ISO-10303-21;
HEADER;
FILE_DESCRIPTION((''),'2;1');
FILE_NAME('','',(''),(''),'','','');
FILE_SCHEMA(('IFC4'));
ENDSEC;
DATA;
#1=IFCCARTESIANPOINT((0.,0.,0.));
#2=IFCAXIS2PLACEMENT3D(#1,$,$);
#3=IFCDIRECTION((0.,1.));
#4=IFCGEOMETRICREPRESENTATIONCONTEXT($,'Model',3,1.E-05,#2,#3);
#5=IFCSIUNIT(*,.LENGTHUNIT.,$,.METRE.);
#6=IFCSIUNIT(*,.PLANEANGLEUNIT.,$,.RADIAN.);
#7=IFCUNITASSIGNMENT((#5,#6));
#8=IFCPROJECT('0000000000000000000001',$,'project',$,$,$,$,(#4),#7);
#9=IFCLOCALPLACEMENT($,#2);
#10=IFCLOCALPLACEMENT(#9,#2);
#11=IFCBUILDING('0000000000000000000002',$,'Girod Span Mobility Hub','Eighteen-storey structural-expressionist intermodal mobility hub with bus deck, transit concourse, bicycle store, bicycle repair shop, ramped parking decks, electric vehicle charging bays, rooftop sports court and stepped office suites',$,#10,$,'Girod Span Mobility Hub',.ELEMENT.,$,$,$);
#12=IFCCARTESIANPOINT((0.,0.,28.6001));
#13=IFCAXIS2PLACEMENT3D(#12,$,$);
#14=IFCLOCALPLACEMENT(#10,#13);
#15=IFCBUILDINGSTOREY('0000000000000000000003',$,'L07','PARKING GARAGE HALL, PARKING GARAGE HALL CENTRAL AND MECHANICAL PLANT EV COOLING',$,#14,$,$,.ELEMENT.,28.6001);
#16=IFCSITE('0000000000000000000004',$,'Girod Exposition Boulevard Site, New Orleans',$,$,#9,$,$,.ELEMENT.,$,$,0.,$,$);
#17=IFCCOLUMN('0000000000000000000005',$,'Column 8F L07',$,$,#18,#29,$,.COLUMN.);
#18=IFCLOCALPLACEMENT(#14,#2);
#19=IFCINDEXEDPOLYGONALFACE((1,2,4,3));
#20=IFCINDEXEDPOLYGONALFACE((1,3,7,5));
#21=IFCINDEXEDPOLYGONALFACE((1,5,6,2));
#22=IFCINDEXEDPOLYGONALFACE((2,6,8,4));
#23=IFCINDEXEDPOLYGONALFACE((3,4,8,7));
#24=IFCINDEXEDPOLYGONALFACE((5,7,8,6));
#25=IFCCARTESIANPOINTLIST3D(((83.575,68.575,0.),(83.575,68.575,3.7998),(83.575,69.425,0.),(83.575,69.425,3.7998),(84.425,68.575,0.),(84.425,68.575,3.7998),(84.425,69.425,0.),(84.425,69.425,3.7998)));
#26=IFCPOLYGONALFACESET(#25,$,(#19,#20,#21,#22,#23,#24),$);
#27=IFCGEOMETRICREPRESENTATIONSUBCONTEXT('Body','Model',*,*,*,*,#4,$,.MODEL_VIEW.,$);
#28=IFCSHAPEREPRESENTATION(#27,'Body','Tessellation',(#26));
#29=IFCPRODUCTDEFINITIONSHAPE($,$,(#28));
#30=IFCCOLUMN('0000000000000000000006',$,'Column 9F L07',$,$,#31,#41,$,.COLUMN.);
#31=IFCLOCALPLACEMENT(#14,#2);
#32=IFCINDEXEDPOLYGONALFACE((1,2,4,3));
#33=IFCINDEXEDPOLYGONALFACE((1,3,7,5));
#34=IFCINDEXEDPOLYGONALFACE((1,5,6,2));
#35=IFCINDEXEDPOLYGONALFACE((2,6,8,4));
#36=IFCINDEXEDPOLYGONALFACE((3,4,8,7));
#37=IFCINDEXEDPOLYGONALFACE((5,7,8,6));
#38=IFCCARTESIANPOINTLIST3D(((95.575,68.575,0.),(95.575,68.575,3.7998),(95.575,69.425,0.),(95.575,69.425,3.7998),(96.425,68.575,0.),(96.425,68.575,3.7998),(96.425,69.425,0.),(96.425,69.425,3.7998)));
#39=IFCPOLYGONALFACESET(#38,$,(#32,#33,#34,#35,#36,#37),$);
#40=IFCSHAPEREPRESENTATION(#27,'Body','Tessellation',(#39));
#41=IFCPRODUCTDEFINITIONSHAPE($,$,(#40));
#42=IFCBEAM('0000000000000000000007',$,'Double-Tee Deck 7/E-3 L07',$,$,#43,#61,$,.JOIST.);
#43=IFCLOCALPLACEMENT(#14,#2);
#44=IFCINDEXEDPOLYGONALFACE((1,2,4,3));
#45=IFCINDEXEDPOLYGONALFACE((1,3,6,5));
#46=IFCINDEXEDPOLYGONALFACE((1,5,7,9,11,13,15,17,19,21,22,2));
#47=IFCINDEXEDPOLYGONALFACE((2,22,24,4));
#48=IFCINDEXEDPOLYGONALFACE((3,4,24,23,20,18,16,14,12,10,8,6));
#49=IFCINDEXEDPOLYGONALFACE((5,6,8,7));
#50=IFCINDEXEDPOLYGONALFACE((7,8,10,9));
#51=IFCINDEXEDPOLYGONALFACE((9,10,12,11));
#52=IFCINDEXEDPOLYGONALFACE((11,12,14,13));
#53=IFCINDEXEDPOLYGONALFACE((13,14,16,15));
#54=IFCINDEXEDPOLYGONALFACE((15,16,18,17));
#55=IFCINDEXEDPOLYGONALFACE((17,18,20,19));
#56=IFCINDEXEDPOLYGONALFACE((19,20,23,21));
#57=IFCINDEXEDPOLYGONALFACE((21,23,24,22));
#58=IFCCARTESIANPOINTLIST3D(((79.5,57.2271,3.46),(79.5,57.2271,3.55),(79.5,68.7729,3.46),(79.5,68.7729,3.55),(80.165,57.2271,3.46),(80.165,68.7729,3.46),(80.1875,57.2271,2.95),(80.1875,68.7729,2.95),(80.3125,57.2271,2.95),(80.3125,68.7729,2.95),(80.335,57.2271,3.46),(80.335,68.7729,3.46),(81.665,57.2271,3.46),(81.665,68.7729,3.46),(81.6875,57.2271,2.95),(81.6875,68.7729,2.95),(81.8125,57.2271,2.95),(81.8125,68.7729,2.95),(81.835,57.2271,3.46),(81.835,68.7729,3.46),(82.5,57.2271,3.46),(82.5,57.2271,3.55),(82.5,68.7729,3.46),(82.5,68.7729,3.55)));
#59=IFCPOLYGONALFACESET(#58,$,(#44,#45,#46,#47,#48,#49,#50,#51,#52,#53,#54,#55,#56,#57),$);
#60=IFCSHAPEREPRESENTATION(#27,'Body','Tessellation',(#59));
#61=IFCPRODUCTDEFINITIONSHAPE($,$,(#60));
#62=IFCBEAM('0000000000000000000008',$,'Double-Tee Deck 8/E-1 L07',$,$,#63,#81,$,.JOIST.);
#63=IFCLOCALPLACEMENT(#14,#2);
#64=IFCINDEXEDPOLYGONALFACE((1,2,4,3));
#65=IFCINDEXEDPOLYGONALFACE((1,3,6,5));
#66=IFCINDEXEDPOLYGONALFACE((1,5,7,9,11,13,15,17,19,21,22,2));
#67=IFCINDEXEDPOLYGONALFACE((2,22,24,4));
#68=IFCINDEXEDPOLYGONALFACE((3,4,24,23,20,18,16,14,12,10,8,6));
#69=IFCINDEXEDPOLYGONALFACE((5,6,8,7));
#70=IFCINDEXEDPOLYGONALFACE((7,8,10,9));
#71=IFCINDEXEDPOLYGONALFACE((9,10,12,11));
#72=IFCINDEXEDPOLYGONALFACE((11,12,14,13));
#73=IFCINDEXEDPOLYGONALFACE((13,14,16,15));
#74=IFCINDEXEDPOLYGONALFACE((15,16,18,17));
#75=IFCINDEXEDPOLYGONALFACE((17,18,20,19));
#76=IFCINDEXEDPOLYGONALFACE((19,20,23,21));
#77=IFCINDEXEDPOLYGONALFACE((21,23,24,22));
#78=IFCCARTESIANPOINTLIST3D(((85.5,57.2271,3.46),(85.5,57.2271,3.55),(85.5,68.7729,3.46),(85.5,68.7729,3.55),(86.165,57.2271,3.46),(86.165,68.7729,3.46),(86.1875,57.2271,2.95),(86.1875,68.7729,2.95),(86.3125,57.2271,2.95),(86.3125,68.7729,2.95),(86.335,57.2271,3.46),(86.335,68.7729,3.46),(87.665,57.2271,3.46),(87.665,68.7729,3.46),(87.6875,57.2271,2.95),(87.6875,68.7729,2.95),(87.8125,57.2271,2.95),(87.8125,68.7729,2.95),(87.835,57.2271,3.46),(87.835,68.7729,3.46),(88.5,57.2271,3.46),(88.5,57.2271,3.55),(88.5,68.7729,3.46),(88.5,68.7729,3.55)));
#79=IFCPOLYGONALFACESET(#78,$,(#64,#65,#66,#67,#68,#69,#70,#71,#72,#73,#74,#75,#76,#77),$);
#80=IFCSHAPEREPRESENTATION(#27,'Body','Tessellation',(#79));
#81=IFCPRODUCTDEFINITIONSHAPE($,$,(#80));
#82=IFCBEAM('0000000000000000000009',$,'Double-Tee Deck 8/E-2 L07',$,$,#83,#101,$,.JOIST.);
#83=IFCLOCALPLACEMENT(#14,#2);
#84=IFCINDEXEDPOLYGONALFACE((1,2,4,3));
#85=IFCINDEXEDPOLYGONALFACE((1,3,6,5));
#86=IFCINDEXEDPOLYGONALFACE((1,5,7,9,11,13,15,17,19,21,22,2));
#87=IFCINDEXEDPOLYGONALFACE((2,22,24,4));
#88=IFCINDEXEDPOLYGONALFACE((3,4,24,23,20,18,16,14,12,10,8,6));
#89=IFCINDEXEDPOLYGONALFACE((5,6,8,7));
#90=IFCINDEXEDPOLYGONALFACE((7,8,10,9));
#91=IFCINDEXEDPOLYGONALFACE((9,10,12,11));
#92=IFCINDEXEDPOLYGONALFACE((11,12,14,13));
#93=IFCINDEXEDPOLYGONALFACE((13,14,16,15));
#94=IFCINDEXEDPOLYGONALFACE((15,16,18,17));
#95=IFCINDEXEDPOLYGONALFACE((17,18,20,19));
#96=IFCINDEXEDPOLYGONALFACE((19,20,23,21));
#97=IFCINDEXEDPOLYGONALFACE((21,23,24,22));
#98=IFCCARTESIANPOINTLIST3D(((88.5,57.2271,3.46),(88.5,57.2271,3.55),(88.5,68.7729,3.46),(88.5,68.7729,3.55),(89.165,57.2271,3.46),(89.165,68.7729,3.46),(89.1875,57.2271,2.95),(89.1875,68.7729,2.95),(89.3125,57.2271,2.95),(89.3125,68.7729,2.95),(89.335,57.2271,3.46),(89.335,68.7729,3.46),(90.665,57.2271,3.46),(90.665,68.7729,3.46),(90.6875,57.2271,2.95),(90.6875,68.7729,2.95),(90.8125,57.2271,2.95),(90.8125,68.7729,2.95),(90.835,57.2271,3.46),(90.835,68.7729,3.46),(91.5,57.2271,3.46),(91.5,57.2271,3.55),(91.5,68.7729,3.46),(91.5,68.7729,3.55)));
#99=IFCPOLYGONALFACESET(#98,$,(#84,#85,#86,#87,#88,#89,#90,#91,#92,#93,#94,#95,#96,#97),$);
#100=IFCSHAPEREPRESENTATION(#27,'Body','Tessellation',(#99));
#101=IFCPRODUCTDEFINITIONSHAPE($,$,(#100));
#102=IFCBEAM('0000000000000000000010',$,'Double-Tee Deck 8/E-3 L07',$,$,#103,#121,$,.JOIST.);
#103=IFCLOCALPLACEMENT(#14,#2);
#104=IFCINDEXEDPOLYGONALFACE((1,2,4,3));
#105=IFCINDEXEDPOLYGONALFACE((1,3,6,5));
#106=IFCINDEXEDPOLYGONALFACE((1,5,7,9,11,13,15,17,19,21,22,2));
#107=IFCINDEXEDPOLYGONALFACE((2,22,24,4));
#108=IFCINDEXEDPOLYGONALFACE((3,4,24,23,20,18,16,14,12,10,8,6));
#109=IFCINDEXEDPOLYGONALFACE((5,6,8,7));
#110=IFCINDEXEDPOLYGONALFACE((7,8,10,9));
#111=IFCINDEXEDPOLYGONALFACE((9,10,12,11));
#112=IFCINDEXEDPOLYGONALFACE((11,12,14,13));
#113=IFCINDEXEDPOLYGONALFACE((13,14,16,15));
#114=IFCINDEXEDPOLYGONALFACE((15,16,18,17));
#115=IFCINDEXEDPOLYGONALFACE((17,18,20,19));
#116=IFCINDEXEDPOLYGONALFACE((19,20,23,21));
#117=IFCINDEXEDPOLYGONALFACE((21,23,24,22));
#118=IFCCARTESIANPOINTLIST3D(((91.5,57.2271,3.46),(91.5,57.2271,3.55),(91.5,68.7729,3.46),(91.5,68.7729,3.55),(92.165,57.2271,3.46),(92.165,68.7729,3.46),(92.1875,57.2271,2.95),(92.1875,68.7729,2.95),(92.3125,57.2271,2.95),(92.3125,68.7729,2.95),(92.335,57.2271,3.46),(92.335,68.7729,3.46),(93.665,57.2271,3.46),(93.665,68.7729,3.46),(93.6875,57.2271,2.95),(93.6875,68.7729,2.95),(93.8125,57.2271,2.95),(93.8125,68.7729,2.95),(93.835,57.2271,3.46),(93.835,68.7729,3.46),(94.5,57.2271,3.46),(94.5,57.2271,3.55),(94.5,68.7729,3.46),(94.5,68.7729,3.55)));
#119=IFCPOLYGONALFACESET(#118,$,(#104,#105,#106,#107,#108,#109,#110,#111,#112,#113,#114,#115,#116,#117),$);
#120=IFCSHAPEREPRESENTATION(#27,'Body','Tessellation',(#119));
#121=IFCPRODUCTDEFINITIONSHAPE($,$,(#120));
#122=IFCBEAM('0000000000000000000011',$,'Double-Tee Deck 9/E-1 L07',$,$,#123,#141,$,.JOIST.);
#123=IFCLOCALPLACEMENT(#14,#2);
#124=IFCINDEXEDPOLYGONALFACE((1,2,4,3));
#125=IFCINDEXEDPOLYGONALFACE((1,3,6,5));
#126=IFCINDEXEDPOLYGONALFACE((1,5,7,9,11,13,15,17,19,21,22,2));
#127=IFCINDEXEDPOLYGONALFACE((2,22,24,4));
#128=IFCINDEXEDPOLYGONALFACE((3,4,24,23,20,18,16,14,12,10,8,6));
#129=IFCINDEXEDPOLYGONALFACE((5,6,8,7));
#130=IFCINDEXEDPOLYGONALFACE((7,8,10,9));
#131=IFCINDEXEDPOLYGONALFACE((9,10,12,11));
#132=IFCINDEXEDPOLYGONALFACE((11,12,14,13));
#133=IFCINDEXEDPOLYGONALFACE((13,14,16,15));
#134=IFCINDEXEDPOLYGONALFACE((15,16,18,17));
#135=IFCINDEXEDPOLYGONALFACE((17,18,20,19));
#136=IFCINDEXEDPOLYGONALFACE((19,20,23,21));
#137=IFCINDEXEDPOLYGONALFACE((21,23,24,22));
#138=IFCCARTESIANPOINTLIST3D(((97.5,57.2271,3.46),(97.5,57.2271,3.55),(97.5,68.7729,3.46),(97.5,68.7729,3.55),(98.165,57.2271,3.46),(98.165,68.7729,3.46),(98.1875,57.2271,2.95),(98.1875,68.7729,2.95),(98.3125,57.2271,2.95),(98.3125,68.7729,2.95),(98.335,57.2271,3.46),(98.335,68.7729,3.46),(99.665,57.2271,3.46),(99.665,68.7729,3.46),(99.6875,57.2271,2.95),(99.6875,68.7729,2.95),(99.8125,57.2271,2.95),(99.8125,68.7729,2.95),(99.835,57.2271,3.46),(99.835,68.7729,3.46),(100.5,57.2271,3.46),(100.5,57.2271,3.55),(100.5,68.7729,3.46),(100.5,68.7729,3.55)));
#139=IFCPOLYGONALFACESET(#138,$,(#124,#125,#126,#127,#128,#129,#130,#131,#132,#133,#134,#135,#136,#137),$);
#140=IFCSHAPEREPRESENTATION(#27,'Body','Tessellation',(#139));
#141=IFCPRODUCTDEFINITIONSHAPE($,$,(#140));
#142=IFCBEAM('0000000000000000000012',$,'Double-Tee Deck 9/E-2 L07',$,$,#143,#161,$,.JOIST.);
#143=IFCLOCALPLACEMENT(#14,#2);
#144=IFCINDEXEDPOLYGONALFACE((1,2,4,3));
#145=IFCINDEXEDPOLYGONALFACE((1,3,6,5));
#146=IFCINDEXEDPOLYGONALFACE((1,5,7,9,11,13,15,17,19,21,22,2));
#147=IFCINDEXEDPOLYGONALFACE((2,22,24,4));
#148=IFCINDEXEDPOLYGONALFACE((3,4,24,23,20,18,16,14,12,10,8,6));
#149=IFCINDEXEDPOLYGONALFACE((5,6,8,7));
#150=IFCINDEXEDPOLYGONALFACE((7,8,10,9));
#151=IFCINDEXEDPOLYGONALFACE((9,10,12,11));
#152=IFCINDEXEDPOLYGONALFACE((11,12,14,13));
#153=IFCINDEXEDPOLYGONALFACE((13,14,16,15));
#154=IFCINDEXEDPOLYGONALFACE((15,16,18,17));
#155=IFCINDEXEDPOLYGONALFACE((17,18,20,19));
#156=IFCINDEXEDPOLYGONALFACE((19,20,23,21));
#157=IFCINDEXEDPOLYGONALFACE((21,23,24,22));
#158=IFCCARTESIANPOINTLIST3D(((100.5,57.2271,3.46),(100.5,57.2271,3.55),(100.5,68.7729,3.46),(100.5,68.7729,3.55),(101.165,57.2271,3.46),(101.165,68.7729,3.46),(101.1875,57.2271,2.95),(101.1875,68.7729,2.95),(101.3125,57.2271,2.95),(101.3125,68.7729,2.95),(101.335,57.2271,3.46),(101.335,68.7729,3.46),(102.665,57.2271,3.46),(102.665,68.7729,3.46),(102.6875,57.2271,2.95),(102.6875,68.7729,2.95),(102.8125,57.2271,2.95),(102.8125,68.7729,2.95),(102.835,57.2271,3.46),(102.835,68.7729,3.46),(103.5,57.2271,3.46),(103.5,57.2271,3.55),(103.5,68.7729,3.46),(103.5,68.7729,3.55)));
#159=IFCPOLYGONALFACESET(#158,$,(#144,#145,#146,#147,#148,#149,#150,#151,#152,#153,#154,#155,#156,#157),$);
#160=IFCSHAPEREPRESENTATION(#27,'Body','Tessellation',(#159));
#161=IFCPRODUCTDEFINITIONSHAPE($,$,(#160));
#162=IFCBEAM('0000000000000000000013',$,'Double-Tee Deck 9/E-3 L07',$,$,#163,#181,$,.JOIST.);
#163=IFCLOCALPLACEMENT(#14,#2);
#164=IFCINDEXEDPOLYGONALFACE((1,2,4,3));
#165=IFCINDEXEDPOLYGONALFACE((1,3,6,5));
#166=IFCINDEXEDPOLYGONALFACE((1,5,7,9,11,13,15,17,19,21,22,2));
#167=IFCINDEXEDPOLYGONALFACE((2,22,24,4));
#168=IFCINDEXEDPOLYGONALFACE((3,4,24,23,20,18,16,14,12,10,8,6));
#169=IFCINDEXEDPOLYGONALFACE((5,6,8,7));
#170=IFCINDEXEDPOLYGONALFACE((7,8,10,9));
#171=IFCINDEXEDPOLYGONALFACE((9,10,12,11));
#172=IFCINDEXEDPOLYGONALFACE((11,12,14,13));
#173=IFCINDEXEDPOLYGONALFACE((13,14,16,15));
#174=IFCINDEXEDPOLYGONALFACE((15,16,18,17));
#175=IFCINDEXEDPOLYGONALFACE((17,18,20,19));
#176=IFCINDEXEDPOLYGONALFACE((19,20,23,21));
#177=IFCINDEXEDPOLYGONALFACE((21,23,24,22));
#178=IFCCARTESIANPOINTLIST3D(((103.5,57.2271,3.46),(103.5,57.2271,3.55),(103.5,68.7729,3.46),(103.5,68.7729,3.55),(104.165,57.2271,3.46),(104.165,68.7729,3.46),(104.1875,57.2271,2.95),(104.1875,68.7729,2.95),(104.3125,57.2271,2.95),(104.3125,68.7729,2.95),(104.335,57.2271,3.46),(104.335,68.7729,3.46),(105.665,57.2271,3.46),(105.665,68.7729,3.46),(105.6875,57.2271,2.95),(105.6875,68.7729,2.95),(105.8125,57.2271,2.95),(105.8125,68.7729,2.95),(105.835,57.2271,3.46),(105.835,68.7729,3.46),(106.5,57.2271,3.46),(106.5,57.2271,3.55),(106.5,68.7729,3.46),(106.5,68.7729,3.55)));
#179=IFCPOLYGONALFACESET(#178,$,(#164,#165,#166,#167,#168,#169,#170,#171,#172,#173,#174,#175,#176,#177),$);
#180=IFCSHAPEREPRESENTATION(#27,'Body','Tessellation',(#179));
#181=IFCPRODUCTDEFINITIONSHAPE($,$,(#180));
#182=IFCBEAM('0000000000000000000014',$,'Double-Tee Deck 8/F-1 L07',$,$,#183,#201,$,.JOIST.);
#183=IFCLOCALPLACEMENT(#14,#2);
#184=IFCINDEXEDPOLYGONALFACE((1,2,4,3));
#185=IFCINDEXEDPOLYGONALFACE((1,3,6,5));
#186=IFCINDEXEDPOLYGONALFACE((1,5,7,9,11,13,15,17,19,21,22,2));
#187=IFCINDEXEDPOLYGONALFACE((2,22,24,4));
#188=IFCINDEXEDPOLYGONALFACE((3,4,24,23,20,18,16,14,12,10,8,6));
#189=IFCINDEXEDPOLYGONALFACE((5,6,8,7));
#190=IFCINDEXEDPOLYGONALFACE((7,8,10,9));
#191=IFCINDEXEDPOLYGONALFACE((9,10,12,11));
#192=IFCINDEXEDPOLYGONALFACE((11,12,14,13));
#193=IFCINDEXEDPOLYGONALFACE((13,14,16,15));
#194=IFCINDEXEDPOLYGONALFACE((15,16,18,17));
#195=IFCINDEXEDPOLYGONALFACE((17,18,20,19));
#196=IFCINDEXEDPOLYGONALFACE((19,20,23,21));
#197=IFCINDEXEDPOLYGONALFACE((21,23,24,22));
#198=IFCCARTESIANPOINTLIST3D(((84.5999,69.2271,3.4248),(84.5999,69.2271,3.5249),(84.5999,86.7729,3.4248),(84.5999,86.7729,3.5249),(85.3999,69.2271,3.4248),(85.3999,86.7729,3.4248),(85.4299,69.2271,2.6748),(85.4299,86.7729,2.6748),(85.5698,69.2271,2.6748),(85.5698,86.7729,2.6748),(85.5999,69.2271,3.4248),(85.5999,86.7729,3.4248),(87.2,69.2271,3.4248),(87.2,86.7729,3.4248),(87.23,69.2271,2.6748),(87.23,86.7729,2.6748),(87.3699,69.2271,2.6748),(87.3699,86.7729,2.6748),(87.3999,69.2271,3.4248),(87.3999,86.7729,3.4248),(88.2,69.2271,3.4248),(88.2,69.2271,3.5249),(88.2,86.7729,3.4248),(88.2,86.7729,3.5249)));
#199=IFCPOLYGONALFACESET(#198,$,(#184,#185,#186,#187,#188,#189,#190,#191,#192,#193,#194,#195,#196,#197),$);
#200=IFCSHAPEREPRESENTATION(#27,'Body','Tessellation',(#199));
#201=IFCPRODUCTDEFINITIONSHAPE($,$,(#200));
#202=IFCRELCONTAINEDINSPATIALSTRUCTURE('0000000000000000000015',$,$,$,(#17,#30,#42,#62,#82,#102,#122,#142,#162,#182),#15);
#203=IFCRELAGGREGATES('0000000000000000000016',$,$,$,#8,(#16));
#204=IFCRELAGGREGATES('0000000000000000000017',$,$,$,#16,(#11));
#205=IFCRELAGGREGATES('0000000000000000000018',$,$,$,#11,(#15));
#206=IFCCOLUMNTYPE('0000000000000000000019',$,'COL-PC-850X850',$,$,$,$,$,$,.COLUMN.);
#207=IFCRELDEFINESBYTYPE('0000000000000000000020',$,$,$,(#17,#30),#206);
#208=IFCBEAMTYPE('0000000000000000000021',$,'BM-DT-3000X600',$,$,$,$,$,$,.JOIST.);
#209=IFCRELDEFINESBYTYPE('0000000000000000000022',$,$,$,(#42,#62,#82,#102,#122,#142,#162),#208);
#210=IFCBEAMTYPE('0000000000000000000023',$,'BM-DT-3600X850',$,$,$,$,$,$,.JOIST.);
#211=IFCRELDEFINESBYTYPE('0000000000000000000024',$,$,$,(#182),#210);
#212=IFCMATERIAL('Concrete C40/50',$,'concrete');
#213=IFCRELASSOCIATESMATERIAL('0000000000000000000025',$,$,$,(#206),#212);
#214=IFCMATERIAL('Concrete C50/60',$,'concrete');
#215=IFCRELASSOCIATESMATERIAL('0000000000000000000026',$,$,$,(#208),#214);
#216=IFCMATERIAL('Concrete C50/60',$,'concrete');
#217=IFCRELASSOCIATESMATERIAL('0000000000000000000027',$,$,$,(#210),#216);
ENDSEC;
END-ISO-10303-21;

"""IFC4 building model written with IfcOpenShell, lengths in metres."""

from ifc_helpers import new_model, si_unit, direction, frame, origin, origin_2d, place, context, subcontext, project, spatial, polyline, rectangle, outline, extrude, material, material_profile, profile_set, type_object, element, save


model = new_model("IFC4")

# Units and contexts
model_context = context("Model", 3, precision=1e-05, world=origin(), true_north=direction((0.0, 1.0)))
body_context = subcontext(model_context, "Body", "Model", "MODEL_VIEW")
ifc_project = project(units=[si_unit("LENGTHUNIT", "METRE"), si_unit("PLANEANGLEUNIT", "RADIAN")], contexts=[model_context])

# Site, building, storey
site_placement = place(None, origin())
site = spatial("IfcSite", under=ifc_project, at=site_placement, Name="Girod Exposition Boulevard Site, New Orleans", CompositionType="ELEMENT", RefElevation=0.0)
building_placement = place(site_placement, origin())
building = spatial("IfcBuilding", under=site, at=building_placement, Name="Girod Span Mobility Hub", Description="Eighteen-storey structural-expressionist intermodal mobility hub with bus deck, transit concourse, bicycle store, bicycle repair shop, ramped parking decks, electric vehicle charging bays, rooftop sports court and stepped office suites", LongName="Girod Span Mobility Hub", CompositionType="ELEMENT")
storey_placement = place(building_placement, frame((0.0, 0.0, 28.6001)))
storey = spatial("IfcBuildingStorey", under=building, at=storey_placement, Name="L07", Description="PARKING GARAGE HALL, PARKING GARAGE HALL CENTRAL AND MECHANICAL PLANT EV COOLING", CompositionType="ELEMENT", Elevation=28.6001)

# Columns
ifc_material_1 = material(Name="Concrete C40/50", Category="concrete")
ifc_material_profile_1 = material_profile(ifc_material_1, rectangle(XDim=0.8501, YDim=0.8501, at=origin_2d()), Name="PC-COL-850X850")
ifc_profile_set_1 = profile_set([ifc_material_profile_1], Name="Concrete C40/50")
column_type = type_object("IfcColumnType", Name="COL-PC-850X850", PredefinedType="COLUMN", material=ifc_profile_set_1)
for number, where, z_axis, x_axis, name in (
    (1, (84.0, 69.0, 0.0), (0.0, 0.0, 1.0), (1.0, 0.0, 0.0), "Column 8F L07"),
    (2, (96.0, 69.0, 0.0), (0.0, 0.0, 1.0), (1.0, 0.0, 0.0), "Column 9F L07"),
):
    element("IfcColumn", number, at=place(storey_placement, frame(where, z_axis=z_axis, x_axis=x_axis)), inside=storey, type_object=column_type, Name=name, PredefinedType="COLUMN", context=body_context, shape_type="SweptSolid", body=[
        extrude(rectangle(XDim=0.8501, YDim=0.8501, at=origin_2d()), origin(), (0.0, 0.0, 1.0), 3.7998),
    ])

# Beams
ifc_material_2 = material(Name="Concrete C50/60", Category="concrete")
ifc_material_profile_2 = material_profile(ifc_material_2, outline(polyline([(-1.5, 0.3), (-1.5, 0.21), (-0.835, 0.21), (-0.8125, -0.3), (-0.6875, -0.3), (-0.665, 0.21), (0.665, 0.21), (0.6875, -0.3), (0.8125, -0.3), (0.835, 0.21), (1.5, 0.21), (1.5, 0.3), (-1.5, 0.3)])), Name="DT-3000X600")
ifc_profile_set_2 = profile_set([ifc_material_profile_2], Name="Concrete C50/60")
beam_type_1 = type_object("IfcBeamType", Name="BM-DT-3000X600", PredefinedType="JOIST", material=ifc_profile_set_2)
for number, where, z_axis, x_axis, name in (
    (3, (81.0, 57.2271, 3.25), (0.0, 1.0, 0.0), (-1.0, 0.0, 0.0), "Double-Tee Deck 7/E-3 L07"),
    (4, (87.0, 57.2271, 3.25), (0.0, 1.0, 0.0), (-1.0, 0.0, 0.0), "Double-Tee Deck 8/E-1 L07"),
    (5, (90.0, 57.2271, 3.25), (0.0, 1.0, 0.0), (-1.0, 0.0, 0.0), "Double-Tee Deck 8/E-2 L07"),
    (6, (93.0, 57.2271, 3.25), (0.0, 1.0, 0.0), (-1.0, 0.0, 0.0), "Double-Tee Deck 8/E-3 L07"),
    (7, (99.0, 57.2271, 3.25), (0.0, 1.0, 0.0), (-1.0, 0.0, 0.0), "Double-Tee Deck 9/E-1 L07"),
    (8, (102.0, 57.2271, 3.25), (0.0, 1.0, 0.0), (-1.0, 0.0, 0.0), "Double-Tee Deck 9/E-2 L07"),
    (9, (105.0, 57.2271, 3.25), (0.0, 1.0, 0.0), (-1.0, 0.0, 0.0), "Double-Tee Deck 9/E-3 L07"),
):
    element("IfcBeam", number, at=place(storey_placement, frame(where, z_axis=z_axis, x_axis=x_axis)), inside=storey, type_object=beam_type_1, Name=name, PredefinedType="JOIST", context=body_context, shape_type="SweptSolid", body=[
        extrude(outline(polyline([(-1.5, 0.3), (-1.5, 0.21), (-0.835, 0.21), (-0.8125, -0.3), (-0.6875, -0.3), (-0.665, 0.21), (0.665, 0.21), (0.6875, -0.3), (0.8125, -0.3), (0.835, 0.21), (1.5, 0.21), (1.5, 0.3), (-1.5, 0.3)])), origin(), (0.0, 0.0, 1.0), 11.5459),
    ])
ifc_material_3 = material(Name="Concrete C50/60", Category="concrete")
ifc_material_profile_3 = material_profile(ifc_material_3, outline(polyline([(-1.8, 0.425), (-1.8, 0.325), (-1.0, 0.325), (-0.97, -0.425), (-0.8301, -0.425), (-0.8, 0.325), (0.8, 0.325), (0.8301, -0.425), (0.97, -0.425), (1.0, 0.325), (1.8, 0.325), (1.8, 0.425), (-1.8, 0.425)])), Name="DT-3600X850")
ifc_profile_set_3 = profile_set([ifc_material_profile_3], Name="Concrete C50/60")
beam_type_2 = type_object("IfcBeamType", Name="BM-DT-3600X850", PredefinedType="JOIST", material=ifc_profile_set_3)
for number, where, z_axis, x_axis, name in (
    (10, (86.3999, 69.2271, 3.0999), (0.0, 1.0, 0.0), (-1.0, 0.0, 0.0), "Double-Tee Deck 8/F-1 L07"),
):
    element("IfcBeam", number, at=place(storey_placement, frame(where, z_axis=z_axis, x_axis=x_axis)), inside=storey, type_object=beam_type_2, Name=name, PredefinedType="JOIST", context=body_context, shape_type="SweptSolid", body=[
        extrude(outline(polyline([(-1.8, 0.425), (-1.8, 0.325), (-1.0, 0.325), (-0.97, -0.425), (-0.8301, -0.425), (-0.8, 0.325), (0.8, 0.325), (0.8301, -0.425), (0.97, -0.425), (1.0, 0.325), (1.8, 0.325), (1.8, 0.425), (-1.8, 0.425)])), origin(), (0.0, 0.0, 1.0), 17.5459),
    ])

save(model, "model.ifc")
